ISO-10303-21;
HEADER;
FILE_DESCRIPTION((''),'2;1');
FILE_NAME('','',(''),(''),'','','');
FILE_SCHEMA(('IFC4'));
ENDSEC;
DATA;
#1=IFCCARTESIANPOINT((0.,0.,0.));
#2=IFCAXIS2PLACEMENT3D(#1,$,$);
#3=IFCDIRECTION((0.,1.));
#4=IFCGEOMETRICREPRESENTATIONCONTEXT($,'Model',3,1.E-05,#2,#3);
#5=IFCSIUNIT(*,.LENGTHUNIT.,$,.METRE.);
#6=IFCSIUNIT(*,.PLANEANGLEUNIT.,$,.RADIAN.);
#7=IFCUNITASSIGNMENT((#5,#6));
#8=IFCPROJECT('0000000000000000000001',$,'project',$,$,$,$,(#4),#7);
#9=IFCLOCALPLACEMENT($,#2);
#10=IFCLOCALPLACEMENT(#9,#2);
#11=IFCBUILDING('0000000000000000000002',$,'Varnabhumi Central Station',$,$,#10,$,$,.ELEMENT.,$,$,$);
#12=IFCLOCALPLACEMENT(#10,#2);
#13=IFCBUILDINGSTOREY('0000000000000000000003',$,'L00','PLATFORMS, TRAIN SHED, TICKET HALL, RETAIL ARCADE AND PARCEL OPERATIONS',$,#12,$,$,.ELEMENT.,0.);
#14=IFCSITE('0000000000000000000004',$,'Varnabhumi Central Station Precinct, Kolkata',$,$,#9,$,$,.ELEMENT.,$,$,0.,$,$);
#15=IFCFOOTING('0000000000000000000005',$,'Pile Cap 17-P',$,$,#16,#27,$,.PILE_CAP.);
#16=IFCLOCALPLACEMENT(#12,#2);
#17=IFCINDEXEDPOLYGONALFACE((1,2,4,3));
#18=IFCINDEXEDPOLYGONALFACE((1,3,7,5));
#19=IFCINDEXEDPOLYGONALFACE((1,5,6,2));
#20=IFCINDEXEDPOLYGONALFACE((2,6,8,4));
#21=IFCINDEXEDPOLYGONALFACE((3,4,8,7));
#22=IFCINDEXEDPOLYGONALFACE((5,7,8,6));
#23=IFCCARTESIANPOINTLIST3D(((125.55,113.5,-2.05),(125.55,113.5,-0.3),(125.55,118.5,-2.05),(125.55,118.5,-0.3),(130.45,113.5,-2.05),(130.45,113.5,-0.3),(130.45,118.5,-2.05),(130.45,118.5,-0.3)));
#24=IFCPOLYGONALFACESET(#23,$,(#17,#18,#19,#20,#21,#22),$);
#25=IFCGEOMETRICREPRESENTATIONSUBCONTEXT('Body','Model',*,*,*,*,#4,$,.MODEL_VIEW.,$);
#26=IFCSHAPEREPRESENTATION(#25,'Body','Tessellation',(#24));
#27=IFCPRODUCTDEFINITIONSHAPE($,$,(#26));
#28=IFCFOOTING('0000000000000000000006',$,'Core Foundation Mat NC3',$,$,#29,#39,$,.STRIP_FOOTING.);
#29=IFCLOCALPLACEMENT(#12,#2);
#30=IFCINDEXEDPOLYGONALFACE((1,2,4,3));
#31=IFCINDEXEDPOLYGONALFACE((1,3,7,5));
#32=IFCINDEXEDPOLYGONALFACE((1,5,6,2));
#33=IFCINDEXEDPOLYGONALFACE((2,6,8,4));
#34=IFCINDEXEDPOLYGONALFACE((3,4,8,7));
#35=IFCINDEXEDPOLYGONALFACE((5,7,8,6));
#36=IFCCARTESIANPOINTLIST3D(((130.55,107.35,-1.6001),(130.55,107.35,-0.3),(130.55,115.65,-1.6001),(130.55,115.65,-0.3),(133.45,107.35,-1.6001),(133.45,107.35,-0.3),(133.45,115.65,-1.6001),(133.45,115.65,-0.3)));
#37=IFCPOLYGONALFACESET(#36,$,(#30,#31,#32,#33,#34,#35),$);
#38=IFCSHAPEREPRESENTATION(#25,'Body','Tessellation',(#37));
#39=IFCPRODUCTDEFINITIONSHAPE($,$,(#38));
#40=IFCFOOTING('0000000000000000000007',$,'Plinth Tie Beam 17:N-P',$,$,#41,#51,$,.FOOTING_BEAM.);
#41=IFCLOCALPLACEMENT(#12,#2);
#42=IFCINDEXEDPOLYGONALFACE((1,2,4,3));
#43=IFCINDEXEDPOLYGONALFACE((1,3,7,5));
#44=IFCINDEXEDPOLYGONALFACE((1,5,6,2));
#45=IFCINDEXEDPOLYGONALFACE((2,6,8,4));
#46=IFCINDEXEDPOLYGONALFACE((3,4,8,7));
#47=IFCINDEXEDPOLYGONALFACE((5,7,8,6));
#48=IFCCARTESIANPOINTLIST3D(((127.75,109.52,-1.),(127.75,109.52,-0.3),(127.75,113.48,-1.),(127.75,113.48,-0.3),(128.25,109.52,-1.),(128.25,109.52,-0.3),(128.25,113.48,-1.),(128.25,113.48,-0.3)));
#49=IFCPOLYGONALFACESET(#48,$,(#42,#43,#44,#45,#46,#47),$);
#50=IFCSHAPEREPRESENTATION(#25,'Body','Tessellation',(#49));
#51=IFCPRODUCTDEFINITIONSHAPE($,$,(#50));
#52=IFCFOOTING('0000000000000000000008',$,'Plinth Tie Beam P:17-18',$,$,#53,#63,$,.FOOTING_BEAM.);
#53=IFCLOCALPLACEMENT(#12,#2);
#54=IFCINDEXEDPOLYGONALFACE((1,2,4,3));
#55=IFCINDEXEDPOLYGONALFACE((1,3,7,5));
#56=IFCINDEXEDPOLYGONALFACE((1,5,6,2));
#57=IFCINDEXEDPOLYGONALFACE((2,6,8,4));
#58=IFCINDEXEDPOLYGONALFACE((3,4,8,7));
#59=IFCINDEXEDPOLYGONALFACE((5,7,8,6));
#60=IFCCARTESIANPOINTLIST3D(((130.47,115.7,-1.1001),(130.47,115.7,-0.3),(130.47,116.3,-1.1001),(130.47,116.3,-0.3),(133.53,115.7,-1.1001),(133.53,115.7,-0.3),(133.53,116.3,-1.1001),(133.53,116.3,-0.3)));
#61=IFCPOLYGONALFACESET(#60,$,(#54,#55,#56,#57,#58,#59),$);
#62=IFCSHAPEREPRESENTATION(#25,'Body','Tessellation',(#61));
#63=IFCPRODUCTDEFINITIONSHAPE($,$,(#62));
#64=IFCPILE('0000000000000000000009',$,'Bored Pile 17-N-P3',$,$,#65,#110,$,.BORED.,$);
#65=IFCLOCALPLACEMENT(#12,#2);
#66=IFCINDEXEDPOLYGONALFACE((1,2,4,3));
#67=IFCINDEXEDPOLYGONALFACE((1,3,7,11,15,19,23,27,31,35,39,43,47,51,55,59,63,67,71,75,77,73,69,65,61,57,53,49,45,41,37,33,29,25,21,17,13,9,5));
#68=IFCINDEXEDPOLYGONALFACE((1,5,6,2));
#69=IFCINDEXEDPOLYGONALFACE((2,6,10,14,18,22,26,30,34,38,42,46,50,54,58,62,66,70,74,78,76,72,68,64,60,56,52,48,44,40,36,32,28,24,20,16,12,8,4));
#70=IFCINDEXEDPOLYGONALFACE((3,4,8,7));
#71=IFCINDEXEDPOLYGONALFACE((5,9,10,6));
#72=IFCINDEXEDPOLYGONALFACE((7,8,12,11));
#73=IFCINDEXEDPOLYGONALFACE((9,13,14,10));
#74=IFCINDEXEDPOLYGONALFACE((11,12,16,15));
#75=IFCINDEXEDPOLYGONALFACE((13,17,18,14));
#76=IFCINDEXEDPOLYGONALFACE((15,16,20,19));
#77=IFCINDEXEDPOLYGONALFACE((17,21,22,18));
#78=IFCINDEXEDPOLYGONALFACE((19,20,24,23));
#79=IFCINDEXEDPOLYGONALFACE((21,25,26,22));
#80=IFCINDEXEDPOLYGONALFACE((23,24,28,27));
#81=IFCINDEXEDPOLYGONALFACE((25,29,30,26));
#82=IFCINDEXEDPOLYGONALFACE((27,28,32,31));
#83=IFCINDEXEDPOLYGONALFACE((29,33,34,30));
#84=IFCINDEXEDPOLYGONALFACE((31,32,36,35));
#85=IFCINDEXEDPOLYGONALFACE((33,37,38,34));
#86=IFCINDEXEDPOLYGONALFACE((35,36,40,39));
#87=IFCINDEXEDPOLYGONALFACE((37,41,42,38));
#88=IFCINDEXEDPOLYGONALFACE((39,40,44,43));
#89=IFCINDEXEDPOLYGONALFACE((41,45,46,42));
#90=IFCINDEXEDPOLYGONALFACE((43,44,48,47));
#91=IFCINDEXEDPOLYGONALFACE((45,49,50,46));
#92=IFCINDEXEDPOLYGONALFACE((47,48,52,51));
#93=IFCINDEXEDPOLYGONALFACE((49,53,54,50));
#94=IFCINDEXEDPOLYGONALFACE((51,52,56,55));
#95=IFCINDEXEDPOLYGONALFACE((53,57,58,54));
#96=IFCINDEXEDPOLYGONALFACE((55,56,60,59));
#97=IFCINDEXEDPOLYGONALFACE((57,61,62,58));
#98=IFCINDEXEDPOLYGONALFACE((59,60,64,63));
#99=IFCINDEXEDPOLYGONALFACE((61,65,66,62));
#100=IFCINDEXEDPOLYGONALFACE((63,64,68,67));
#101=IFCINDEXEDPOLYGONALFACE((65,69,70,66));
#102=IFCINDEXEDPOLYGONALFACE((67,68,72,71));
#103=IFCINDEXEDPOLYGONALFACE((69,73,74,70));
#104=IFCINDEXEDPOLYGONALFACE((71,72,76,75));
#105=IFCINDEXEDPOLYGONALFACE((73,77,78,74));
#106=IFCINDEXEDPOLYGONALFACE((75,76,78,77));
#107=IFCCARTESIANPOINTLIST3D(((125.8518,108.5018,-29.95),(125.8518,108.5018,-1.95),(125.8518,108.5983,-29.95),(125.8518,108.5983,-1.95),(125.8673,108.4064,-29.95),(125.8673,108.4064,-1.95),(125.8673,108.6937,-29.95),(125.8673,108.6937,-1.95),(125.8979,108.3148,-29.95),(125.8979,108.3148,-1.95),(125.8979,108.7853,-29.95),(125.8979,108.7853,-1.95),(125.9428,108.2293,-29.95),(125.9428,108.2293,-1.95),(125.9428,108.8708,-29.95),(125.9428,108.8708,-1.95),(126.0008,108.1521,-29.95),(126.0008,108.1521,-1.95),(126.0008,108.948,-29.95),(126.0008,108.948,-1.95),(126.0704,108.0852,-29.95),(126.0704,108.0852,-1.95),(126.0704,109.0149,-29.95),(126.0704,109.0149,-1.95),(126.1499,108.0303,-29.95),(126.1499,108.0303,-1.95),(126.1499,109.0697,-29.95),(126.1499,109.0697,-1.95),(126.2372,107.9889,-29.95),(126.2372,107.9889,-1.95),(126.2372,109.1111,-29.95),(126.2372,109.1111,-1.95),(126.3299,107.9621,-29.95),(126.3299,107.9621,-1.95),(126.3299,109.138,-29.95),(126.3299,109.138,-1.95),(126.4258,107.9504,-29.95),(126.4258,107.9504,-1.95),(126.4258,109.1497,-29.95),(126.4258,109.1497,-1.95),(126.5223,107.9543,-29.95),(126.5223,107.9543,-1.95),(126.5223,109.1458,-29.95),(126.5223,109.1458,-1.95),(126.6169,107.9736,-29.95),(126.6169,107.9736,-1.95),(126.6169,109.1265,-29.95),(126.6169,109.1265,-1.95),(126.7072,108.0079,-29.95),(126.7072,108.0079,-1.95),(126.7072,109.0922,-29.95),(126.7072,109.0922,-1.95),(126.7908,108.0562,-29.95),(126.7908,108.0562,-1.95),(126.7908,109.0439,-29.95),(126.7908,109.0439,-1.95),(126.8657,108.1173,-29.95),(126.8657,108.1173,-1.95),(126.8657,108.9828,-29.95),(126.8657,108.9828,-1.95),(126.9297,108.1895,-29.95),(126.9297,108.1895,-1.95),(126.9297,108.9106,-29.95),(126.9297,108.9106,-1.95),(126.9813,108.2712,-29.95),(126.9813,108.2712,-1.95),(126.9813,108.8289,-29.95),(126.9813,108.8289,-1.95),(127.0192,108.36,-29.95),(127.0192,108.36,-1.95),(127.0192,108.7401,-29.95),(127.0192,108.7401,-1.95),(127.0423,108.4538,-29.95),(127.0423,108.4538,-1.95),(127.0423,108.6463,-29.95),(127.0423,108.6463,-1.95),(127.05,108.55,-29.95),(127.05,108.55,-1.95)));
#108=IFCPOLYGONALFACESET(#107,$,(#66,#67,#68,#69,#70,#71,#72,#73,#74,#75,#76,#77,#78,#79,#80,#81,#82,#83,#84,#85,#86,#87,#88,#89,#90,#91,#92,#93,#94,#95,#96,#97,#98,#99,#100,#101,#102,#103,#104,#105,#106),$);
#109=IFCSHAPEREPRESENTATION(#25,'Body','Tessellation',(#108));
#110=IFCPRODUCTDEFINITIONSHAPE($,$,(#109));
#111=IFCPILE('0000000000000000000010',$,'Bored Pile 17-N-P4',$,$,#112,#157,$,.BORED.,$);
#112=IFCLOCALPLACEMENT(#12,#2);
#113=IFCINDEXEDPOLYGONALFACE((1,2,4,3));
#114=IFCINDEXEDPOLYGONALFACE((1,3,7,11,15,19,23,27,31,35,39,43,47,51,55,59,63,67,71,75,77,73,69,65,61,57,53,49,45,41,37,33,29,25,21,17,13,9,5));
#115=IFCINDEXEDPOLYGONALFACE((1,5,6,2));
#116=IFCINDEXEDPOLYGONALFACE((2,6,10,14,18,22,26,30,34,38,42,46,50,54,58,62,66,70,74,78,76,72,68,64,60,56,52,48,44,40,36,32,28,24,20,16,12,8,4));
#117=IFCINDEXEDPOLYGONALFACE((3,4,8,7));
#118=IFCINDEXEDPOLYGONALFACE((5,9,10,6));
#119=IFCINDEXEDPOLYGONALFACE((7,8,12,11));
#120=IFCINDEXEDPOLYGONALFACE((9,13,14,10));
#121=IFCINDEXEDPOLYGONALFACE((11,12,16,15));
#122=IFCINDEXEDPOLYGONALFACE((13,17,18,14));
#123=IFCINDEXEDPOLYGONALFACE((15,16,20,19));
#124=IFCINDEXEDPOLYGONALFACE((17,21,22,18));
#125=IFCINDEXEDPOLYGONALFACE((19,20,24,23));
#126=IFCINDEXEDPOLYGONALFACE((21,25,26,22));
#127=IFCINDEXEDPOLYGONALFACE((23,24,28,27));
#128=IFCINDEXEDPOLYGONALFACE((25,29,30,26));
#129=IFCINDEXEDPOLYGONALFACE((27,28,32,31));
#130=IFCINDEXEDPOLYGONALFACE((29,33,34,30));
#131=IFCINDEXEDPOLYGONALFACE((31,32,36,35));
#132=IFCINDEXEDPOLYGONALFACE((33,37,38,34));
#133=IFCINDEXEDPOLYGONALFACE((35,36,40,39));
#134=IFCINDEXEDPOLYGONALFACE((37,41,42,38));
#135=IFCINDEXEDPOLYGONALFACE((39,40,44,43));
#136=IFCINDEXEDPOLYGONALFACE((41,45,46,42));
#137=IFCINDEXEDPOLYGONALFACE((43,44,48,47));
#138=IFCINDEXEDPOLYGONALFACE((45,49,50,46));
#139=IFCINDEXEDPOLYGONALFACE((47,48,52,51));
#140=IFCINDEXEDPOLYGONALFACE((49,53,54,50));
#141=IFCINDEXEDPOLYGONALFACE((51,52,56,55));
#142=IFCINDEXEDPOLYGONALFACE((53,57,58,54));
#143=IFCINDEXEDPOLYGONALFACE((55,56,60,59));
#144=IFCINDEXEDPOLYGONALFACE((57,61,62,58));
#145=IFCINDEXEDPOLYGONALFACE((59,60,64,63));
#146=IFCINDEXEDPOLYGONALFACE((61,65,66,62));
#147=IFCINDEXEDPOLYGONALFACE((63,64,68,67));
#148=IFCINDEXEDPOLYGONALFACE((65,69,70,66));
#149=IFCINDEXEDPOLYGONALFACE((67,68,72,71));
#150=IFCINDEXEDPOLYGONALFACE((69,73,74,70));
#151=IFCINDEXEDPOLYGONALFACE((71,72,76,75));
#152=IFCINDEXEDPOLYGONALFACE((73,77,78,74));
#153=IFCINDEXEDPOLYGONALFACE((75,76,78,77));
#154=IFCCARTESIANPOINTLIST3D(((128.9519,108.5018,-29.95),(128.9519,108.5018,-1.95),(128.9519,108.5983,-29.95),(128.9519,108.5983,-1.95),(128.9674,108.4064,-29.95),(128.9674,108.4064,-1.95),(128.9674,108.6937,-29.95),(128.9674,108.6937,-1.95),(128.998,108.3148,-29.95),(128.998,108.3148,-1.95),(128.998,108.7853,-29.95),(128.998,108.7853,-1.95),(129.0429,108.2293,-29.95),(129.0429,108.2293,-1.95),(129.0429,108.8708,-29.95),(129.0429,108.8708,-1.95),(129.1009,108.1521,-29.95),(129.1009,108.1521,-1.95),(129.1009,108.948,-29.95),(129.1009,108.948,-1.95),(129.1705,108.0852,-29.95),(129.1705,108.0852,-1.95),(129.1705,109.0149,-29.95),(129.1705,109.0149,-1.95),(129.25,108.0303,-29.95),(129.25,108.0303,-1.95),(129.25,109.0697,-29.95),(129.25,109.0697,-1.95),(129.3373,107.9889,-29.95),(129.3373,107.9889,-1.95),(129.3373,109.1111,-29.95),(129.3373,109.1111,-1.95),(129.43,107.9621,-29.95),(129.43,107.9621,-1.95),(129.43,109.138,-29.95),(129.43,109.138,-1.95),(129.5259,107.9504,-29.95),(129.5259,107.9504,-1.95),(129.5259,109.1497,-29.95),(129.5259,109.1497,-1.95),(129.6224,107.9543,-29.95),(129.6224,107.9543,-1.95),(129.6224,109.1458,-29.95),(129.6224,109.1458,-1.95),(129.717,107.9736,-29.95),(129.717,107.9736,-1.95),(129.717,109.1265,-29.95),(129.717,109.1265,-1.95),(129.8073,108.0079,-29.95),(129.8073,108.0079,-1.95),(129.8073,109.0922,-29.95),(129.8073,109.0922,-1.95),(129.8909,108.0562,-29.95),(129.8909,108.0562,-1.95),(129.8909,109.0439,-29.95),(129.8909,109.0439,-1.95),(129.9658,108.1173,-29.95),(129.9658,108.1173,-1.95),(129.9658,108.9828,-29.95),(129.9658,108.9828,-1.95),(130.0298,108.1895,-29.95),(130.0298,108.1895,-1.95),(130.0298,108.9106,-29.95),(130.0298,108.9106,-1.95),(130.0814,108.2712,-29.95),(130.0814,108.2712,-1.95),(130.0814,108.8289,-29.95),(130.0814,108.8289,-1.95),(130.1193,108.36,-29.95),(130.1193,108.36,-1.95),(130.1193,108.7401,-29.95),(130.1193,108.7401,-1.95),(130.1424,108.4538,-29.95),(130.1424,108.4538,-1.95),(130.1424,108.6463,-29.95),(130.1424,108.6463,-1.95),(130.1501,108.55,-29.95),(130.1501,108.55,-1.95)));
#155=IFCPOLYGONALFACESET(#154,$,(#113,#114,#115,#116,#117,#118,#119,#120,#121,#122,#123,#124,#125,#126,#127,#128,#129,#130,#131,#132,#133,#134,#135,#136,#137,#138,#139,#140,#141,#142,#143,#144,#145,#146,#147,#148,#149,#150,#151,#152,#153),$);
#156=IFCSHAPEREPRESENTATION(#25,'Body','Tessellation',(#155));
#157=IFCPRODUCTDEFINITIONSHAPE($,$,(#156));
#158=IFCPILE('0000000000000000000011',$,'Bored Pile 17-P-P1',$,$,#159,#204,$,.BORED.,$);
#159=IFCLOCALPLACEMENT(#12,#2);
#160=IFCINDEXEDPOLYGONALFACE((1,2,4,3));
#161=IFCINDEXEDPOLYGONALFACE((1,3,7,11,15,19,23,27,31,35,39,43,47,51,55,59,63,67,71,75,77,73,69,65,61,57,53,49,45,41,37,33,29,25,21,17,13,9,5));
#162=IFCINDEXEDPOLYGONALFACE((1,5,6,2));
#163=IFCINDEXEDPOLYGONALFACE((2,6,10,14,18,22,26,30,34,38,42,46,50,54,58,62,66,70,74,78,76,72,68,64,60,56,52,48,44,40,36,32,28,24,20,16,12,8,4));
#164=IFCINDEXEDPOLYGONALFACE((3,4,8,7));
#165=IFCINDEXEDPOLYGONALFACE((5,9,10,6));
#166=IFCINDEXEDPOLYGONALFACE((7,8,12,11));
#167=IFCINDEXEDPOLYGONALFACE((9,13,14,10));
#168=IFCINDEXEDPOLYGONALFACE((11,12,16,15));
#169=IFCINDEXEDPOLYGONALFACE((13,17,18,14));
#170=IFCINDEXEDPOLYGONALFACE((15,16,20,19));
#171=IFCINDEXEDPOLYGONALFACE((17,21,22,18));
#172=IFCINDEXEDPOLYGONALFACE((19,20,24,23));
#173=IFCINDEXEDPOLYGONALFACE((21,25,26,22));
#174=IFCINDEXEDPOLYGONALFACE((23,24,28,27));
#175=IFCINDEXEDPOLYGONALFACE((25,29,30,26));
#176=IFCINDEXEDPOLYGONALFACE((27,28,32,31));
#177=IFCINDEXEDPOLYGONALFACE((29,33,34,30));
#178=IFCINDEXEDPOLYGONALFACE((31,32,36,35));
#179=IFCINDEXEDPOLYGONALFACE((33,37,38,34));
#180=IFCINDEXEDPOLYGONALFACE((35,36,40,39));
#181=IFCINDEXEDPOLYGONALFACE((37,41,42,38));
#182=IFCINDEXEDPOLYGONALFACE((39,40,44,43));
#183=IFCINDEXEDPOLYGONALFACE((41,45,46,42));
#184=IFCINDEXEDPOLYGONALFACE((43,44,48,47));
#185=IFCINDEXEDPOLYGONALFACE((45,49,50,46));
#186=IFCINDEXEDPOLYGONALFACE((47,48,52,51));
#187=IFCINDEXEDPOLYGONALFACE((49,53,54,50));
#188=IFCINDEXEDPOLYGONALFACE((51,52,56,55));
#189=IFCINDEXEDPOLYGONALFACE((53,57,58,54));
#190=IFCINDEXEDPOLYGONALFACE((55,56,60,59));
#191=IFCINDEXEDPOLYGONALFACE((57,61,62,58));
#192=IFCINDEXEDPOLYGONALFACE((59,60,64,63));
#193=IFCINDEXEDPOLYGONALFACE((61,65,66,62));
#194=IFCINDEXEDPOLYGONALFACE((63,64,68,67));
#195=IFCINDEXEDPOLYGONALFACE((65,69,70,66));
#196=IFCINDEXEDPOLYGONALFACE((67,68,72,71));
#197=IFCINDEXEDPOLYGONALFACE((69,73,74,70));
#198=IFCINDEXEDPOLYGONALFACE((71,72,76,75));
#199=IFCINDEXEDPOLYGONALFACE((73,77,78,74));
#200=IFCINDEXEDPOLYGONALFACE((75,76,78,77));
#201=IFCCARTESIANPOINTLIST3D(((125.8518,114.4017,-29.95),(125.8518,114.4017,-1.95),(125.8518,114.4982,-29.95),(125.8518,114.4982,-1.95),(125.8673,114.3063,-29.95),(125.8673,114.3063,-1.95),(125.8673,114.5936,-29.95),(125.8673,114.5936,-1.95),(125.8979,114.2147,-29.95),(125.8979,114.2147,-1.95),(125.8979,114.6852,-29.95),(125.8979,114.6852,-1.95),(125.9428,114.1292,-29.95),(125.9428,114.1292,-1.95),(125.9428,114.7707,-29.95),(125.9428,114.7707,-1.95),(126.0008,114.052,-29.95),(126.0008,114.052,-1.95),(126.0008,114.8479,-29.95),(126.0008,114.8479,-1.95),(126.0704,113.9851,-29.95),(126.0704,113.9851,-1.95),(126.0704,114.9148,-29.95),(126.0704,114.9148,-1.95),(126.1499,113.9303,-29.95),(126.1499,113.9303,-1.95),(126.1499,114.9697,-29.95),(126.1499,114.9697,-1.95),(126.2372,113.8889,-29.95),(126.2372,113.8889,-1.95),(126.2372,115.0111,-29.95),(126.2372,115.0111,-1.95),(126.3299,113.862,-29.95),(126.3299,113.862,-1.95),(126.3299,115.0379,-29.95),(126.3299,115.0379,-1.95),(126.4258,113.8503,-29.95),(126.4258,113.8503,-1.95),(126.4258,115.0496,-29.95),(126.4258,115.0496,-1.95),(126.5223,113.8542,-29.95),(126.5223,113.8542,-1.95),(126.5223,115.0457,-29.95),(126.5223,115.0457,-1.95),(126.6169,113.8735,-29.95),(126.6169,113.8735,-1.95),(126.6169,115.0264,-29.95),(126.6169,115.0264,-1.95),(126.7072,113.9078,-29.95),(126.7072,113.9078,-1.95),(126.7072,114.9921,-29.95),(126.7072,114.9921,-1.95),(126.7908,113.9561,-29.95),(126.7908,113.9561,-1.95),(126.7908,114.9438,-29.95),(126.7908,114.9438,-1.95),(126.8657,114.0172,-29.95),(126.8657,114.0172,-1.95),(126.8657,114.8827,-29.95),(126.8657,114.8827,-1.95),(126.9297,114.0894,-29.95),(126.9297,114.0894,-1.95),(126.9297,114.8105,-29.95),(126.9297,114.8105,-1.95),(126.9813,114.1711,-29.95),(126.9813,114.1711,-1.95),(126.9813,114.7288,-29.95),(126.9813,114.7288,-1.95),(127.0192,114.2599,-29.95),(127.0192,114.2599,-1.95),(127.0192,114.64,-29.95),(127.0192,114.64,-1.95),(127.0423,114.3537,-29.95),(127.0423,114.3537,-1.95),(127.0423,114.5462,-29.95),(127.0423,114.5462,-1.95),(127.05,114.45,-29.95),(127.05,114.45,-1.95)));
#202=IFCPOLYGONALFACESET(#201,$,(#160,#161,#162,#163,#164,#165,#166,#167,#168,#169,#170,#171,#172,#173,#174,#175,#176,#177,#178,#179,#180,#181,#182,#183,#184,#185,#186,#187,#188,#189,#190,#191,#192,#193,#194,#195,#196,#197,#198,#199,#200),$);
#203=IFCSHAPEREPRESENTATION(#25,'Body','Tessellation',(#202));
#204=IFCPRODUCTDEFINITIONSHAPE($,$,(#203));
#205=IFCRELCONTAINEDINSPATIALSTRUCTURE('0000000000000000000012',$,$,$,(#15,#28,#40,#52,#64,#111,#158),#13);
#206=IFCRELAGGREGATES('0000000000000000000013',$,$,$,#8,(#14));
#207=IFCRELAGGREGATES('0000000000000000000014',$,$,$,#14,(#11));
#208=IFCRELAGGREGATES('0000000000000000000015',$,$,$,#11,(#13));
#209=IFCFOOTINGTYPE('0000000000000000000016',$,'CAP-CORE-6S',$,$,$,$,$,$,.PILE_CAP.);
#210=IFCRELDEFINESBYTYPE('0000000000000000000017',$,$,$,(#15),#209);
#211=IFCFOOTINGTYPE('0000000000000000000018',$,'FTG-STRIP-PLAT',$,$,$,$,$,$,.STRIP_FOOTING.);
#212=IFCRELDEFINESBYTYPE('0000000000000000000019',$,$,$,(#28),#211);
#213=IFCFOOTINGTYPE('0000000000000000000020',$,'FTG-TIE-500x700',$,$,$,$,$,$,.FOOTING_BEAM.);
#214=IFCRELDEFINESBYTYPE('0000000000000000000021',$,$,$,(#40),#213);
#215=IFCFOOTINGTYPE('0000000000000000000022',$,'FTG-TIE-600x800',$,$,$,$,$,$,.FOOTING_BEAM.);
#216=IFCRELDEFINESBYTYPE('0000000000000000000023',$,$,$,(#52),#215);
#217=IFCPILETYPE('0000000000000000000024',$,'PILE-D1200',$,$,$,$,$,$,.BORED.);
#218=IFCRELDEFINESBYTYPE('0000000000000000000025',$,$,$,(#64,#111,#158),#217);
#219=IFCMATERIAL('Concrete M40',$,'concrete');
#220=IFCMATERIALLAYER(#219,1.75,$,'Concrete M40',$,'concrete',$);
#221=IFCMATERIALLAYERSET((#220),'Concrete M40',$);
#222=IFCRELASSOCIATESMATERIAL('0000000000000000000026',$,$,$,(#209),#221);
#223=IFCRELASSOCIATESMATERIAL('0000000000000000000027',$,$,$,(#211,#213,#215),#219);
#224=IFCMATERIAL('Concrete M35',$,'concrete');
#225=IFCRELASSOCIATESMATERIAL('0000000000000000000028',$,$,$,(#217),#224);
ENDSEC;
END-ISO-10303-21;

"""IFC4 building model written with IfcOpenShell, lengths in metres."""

from ifc_helpers import new_model, si_unit, direction, frame, origin, origin_2d, place, context, subcontext, project, spatial, rectangle, circle, extrude, material, layer, layer_set, material_profile, profile_set, type_object, element, save


model = new_model("IFC4")

# Units and contexts
model_context = context("Model", 3, precision=1e-05, world=origin(), true_north=direction((0.0, 1.0)))
body_context = subcontext(model_context, "Body", "Model", "MODEL_VIEW")
ifc_project = project(units=[si_unit("LENGTHUNIT", "METRE"), si_unit("PLANEANGLEUNIT", "RADIAN")], contexts=[model_context])

# Site, building, storey
site_placement = place(None, origin())
site = spatial("IfcSite", under=ifc_project, at=site_placement, Name="Varnabhumi Central Station Precinct, Kolkata", CompositionType="ELEMENT", RefElevation=0.0)
building_placement = place(site_placement, origin())
building = spatial("IfcBuilding", under=site, at=building_placement, Name="Varnabhumi Central Station", CompositionType="ELEMENT")
storey_placement = place(building_placement, origin())
storey = spatial("IfcBuildingStorey", under=building, at=storey_placement, Name="L00", Description="PLATFORMS, TRAIN SHED, TICKET HALL, RETAIL ARCADE AND PARCEL OPERATIONS", CompositionType="ELEMENT", Elevation=0.0)

# Footings
ifc_material_1 = material(Name="Concrete M40", Category="concrete")
ifc_layer_1 = layer(ifc_material_1, 1.75, Name="Concrete M40", Category="concrete")
ifc_layer_set_1 = layer_set([ifc_layer_1], Name="Concrete M40")
footing_type_1 = type_object("IfcFootingType", Name="CAP-CORE-6S", PredefinedType="PILE_CAP", material=ifc_layer_set_1)
footing_1_placement = place(storey_placement, frame((128.0, 116.0, -2.05), z_axis=(0.0, 0.0, 1.0), x_axis=(1.0, 0.0, 0.0)))
element("IfcFooting", 1, at=footing_1_placement, inside=storey, type_object=footing_type_1, Name="Pile Cap 17-P", PredefinedType="PILE_CAP", context=body_context, shape_type="SweptSolid", body=[
    extrude(rectangle(XDim=4.8999, YDim=5.0, at=origin_2d()), origin(), (0.0, 0.0, 1.0), 1.75),
])
footing_type_2 = type_object("IfcFootingType", Name="FTG-STRIP-PLAT", PredefinedType="STRIP_FOOTING", material=ifc_material_1)
footing_2_placement = place(storey_placement, frame((132.0, 111.5, -1.6001), z_axis=(0.0, 0.0, 1.0), x_axis=(1.0, 0.0, 0.0)))
element("IfcFooting", 2, at=footing_2_placement, inside=storey, type_object=footing_type_2, Name="Core Foundation Mat NC3", PredefinedType="STRIP_FOOTING", context=body_context, shape_type="SweptSolid", body=[
    extrude(rectangle(XDim=2.8999, YDim=8.3, at=origin_2d()), origin(), (0.0, 0.0, 1.0), 1.3),
])
footing_type_3 = type_object("IfcFootingType", Name="FTG-TIE-500x700", PredefinedType="FOOTING_BEAM", material=ifc_material_1)
footing_3_placement = place(storey_placement, frame((128.0, 111.5, -1.0), z_axis=(0.0, 0.0, 1.0), x_axis=(1.0, 0.0, 0.0)))
element("IfcFooting", 3, at=footing_3_placement, inside=storey, type_object=footing_type_3, Name="Plinth Tie Beam 17:N-P", PredefinedType="FOOTING_BEAM", context=body_context, shape_type="SweptSolid", body=[
    extrude(rectangle(XDim=0.5, YDim=3.96, at=origin_2d()), origin(), (0.0, 0.0, 1.0), 0.7),
])
footing_type_4 = type_object("IfcFootingType", Name="FTG-TIE-600x800", PredefinedType="FOOTING_BEAM", material=ifc_material_1)
footing_4_placement = place(storey_placement, frame((132.0, 116.0, -1.1001), z_axis=(0.0, 0.0, 1.0), x_axis=(1.0, 0.0, 0.0)))
element("IfcFooting", 4, at=footing_4_placement, inside=storey, type_object=footing_type_4, Name="Plinth Tie Beam P:17-18", PredefinedType="FOOTING_BEAM", context=body_context, shape_type="SweptSolid", body=[
    extrude(rectangle(XDim=3.0601, YDim=0.6001, at=origin_2d()), origin(), (0.0, 0.0, 1.0), 0.8),
])

# Piles
ifc_material_2 = material(Name="Concrete M35", Category="concrete")
ifc_material_profile_1 = material_profile(ifc_material_2, circle(Radius=0.6001, at=origin_2d()), Name="Concrete M35", Category="concrete")
ifc_profile_set_1 = profile_set([ifc_material_profile_1], Name="Concrete M35")
pile_type = type_object("IfcPileType", Name="PILE-D1200", PredefinedType="BORED", material=ifc_profile_set_1)
for number, where, z_axis, x_axis, name in (
    (5, (126.45, 108.55, -1.95), (0.0, 0.0, -1.0), (1.0, 0.0, 0.0), "Bored Pile 17-N-P3"),
    (6, (129.55, 108.55, -1.95), (0.0, 0.0, -1.0), (1.0, 0.0, 0.0), "Bored Pile 17-N-P4"),
    (7, (126.45, 114.45, -1.95), (0.0, 0.0, -1.0), (1.0, 0.0, 0.0), "Bored Pile 17-P-P1"),
):
    element("IfcPile", number, at=place(storey_placement, frame(where, z_axis=z_axis, x_axis=x_axis)), inside=storey, type_object=pile_type, Name=name, PredefinedType="BORED", context=body_context, shape_type="SweptSolid", body=[
        extrude(circle(Radius=0.6001, at=origin_2d()), origin(), (0.0, 0.0, 1.0), 28.0),
    ])

save(model, "model.ifc")
